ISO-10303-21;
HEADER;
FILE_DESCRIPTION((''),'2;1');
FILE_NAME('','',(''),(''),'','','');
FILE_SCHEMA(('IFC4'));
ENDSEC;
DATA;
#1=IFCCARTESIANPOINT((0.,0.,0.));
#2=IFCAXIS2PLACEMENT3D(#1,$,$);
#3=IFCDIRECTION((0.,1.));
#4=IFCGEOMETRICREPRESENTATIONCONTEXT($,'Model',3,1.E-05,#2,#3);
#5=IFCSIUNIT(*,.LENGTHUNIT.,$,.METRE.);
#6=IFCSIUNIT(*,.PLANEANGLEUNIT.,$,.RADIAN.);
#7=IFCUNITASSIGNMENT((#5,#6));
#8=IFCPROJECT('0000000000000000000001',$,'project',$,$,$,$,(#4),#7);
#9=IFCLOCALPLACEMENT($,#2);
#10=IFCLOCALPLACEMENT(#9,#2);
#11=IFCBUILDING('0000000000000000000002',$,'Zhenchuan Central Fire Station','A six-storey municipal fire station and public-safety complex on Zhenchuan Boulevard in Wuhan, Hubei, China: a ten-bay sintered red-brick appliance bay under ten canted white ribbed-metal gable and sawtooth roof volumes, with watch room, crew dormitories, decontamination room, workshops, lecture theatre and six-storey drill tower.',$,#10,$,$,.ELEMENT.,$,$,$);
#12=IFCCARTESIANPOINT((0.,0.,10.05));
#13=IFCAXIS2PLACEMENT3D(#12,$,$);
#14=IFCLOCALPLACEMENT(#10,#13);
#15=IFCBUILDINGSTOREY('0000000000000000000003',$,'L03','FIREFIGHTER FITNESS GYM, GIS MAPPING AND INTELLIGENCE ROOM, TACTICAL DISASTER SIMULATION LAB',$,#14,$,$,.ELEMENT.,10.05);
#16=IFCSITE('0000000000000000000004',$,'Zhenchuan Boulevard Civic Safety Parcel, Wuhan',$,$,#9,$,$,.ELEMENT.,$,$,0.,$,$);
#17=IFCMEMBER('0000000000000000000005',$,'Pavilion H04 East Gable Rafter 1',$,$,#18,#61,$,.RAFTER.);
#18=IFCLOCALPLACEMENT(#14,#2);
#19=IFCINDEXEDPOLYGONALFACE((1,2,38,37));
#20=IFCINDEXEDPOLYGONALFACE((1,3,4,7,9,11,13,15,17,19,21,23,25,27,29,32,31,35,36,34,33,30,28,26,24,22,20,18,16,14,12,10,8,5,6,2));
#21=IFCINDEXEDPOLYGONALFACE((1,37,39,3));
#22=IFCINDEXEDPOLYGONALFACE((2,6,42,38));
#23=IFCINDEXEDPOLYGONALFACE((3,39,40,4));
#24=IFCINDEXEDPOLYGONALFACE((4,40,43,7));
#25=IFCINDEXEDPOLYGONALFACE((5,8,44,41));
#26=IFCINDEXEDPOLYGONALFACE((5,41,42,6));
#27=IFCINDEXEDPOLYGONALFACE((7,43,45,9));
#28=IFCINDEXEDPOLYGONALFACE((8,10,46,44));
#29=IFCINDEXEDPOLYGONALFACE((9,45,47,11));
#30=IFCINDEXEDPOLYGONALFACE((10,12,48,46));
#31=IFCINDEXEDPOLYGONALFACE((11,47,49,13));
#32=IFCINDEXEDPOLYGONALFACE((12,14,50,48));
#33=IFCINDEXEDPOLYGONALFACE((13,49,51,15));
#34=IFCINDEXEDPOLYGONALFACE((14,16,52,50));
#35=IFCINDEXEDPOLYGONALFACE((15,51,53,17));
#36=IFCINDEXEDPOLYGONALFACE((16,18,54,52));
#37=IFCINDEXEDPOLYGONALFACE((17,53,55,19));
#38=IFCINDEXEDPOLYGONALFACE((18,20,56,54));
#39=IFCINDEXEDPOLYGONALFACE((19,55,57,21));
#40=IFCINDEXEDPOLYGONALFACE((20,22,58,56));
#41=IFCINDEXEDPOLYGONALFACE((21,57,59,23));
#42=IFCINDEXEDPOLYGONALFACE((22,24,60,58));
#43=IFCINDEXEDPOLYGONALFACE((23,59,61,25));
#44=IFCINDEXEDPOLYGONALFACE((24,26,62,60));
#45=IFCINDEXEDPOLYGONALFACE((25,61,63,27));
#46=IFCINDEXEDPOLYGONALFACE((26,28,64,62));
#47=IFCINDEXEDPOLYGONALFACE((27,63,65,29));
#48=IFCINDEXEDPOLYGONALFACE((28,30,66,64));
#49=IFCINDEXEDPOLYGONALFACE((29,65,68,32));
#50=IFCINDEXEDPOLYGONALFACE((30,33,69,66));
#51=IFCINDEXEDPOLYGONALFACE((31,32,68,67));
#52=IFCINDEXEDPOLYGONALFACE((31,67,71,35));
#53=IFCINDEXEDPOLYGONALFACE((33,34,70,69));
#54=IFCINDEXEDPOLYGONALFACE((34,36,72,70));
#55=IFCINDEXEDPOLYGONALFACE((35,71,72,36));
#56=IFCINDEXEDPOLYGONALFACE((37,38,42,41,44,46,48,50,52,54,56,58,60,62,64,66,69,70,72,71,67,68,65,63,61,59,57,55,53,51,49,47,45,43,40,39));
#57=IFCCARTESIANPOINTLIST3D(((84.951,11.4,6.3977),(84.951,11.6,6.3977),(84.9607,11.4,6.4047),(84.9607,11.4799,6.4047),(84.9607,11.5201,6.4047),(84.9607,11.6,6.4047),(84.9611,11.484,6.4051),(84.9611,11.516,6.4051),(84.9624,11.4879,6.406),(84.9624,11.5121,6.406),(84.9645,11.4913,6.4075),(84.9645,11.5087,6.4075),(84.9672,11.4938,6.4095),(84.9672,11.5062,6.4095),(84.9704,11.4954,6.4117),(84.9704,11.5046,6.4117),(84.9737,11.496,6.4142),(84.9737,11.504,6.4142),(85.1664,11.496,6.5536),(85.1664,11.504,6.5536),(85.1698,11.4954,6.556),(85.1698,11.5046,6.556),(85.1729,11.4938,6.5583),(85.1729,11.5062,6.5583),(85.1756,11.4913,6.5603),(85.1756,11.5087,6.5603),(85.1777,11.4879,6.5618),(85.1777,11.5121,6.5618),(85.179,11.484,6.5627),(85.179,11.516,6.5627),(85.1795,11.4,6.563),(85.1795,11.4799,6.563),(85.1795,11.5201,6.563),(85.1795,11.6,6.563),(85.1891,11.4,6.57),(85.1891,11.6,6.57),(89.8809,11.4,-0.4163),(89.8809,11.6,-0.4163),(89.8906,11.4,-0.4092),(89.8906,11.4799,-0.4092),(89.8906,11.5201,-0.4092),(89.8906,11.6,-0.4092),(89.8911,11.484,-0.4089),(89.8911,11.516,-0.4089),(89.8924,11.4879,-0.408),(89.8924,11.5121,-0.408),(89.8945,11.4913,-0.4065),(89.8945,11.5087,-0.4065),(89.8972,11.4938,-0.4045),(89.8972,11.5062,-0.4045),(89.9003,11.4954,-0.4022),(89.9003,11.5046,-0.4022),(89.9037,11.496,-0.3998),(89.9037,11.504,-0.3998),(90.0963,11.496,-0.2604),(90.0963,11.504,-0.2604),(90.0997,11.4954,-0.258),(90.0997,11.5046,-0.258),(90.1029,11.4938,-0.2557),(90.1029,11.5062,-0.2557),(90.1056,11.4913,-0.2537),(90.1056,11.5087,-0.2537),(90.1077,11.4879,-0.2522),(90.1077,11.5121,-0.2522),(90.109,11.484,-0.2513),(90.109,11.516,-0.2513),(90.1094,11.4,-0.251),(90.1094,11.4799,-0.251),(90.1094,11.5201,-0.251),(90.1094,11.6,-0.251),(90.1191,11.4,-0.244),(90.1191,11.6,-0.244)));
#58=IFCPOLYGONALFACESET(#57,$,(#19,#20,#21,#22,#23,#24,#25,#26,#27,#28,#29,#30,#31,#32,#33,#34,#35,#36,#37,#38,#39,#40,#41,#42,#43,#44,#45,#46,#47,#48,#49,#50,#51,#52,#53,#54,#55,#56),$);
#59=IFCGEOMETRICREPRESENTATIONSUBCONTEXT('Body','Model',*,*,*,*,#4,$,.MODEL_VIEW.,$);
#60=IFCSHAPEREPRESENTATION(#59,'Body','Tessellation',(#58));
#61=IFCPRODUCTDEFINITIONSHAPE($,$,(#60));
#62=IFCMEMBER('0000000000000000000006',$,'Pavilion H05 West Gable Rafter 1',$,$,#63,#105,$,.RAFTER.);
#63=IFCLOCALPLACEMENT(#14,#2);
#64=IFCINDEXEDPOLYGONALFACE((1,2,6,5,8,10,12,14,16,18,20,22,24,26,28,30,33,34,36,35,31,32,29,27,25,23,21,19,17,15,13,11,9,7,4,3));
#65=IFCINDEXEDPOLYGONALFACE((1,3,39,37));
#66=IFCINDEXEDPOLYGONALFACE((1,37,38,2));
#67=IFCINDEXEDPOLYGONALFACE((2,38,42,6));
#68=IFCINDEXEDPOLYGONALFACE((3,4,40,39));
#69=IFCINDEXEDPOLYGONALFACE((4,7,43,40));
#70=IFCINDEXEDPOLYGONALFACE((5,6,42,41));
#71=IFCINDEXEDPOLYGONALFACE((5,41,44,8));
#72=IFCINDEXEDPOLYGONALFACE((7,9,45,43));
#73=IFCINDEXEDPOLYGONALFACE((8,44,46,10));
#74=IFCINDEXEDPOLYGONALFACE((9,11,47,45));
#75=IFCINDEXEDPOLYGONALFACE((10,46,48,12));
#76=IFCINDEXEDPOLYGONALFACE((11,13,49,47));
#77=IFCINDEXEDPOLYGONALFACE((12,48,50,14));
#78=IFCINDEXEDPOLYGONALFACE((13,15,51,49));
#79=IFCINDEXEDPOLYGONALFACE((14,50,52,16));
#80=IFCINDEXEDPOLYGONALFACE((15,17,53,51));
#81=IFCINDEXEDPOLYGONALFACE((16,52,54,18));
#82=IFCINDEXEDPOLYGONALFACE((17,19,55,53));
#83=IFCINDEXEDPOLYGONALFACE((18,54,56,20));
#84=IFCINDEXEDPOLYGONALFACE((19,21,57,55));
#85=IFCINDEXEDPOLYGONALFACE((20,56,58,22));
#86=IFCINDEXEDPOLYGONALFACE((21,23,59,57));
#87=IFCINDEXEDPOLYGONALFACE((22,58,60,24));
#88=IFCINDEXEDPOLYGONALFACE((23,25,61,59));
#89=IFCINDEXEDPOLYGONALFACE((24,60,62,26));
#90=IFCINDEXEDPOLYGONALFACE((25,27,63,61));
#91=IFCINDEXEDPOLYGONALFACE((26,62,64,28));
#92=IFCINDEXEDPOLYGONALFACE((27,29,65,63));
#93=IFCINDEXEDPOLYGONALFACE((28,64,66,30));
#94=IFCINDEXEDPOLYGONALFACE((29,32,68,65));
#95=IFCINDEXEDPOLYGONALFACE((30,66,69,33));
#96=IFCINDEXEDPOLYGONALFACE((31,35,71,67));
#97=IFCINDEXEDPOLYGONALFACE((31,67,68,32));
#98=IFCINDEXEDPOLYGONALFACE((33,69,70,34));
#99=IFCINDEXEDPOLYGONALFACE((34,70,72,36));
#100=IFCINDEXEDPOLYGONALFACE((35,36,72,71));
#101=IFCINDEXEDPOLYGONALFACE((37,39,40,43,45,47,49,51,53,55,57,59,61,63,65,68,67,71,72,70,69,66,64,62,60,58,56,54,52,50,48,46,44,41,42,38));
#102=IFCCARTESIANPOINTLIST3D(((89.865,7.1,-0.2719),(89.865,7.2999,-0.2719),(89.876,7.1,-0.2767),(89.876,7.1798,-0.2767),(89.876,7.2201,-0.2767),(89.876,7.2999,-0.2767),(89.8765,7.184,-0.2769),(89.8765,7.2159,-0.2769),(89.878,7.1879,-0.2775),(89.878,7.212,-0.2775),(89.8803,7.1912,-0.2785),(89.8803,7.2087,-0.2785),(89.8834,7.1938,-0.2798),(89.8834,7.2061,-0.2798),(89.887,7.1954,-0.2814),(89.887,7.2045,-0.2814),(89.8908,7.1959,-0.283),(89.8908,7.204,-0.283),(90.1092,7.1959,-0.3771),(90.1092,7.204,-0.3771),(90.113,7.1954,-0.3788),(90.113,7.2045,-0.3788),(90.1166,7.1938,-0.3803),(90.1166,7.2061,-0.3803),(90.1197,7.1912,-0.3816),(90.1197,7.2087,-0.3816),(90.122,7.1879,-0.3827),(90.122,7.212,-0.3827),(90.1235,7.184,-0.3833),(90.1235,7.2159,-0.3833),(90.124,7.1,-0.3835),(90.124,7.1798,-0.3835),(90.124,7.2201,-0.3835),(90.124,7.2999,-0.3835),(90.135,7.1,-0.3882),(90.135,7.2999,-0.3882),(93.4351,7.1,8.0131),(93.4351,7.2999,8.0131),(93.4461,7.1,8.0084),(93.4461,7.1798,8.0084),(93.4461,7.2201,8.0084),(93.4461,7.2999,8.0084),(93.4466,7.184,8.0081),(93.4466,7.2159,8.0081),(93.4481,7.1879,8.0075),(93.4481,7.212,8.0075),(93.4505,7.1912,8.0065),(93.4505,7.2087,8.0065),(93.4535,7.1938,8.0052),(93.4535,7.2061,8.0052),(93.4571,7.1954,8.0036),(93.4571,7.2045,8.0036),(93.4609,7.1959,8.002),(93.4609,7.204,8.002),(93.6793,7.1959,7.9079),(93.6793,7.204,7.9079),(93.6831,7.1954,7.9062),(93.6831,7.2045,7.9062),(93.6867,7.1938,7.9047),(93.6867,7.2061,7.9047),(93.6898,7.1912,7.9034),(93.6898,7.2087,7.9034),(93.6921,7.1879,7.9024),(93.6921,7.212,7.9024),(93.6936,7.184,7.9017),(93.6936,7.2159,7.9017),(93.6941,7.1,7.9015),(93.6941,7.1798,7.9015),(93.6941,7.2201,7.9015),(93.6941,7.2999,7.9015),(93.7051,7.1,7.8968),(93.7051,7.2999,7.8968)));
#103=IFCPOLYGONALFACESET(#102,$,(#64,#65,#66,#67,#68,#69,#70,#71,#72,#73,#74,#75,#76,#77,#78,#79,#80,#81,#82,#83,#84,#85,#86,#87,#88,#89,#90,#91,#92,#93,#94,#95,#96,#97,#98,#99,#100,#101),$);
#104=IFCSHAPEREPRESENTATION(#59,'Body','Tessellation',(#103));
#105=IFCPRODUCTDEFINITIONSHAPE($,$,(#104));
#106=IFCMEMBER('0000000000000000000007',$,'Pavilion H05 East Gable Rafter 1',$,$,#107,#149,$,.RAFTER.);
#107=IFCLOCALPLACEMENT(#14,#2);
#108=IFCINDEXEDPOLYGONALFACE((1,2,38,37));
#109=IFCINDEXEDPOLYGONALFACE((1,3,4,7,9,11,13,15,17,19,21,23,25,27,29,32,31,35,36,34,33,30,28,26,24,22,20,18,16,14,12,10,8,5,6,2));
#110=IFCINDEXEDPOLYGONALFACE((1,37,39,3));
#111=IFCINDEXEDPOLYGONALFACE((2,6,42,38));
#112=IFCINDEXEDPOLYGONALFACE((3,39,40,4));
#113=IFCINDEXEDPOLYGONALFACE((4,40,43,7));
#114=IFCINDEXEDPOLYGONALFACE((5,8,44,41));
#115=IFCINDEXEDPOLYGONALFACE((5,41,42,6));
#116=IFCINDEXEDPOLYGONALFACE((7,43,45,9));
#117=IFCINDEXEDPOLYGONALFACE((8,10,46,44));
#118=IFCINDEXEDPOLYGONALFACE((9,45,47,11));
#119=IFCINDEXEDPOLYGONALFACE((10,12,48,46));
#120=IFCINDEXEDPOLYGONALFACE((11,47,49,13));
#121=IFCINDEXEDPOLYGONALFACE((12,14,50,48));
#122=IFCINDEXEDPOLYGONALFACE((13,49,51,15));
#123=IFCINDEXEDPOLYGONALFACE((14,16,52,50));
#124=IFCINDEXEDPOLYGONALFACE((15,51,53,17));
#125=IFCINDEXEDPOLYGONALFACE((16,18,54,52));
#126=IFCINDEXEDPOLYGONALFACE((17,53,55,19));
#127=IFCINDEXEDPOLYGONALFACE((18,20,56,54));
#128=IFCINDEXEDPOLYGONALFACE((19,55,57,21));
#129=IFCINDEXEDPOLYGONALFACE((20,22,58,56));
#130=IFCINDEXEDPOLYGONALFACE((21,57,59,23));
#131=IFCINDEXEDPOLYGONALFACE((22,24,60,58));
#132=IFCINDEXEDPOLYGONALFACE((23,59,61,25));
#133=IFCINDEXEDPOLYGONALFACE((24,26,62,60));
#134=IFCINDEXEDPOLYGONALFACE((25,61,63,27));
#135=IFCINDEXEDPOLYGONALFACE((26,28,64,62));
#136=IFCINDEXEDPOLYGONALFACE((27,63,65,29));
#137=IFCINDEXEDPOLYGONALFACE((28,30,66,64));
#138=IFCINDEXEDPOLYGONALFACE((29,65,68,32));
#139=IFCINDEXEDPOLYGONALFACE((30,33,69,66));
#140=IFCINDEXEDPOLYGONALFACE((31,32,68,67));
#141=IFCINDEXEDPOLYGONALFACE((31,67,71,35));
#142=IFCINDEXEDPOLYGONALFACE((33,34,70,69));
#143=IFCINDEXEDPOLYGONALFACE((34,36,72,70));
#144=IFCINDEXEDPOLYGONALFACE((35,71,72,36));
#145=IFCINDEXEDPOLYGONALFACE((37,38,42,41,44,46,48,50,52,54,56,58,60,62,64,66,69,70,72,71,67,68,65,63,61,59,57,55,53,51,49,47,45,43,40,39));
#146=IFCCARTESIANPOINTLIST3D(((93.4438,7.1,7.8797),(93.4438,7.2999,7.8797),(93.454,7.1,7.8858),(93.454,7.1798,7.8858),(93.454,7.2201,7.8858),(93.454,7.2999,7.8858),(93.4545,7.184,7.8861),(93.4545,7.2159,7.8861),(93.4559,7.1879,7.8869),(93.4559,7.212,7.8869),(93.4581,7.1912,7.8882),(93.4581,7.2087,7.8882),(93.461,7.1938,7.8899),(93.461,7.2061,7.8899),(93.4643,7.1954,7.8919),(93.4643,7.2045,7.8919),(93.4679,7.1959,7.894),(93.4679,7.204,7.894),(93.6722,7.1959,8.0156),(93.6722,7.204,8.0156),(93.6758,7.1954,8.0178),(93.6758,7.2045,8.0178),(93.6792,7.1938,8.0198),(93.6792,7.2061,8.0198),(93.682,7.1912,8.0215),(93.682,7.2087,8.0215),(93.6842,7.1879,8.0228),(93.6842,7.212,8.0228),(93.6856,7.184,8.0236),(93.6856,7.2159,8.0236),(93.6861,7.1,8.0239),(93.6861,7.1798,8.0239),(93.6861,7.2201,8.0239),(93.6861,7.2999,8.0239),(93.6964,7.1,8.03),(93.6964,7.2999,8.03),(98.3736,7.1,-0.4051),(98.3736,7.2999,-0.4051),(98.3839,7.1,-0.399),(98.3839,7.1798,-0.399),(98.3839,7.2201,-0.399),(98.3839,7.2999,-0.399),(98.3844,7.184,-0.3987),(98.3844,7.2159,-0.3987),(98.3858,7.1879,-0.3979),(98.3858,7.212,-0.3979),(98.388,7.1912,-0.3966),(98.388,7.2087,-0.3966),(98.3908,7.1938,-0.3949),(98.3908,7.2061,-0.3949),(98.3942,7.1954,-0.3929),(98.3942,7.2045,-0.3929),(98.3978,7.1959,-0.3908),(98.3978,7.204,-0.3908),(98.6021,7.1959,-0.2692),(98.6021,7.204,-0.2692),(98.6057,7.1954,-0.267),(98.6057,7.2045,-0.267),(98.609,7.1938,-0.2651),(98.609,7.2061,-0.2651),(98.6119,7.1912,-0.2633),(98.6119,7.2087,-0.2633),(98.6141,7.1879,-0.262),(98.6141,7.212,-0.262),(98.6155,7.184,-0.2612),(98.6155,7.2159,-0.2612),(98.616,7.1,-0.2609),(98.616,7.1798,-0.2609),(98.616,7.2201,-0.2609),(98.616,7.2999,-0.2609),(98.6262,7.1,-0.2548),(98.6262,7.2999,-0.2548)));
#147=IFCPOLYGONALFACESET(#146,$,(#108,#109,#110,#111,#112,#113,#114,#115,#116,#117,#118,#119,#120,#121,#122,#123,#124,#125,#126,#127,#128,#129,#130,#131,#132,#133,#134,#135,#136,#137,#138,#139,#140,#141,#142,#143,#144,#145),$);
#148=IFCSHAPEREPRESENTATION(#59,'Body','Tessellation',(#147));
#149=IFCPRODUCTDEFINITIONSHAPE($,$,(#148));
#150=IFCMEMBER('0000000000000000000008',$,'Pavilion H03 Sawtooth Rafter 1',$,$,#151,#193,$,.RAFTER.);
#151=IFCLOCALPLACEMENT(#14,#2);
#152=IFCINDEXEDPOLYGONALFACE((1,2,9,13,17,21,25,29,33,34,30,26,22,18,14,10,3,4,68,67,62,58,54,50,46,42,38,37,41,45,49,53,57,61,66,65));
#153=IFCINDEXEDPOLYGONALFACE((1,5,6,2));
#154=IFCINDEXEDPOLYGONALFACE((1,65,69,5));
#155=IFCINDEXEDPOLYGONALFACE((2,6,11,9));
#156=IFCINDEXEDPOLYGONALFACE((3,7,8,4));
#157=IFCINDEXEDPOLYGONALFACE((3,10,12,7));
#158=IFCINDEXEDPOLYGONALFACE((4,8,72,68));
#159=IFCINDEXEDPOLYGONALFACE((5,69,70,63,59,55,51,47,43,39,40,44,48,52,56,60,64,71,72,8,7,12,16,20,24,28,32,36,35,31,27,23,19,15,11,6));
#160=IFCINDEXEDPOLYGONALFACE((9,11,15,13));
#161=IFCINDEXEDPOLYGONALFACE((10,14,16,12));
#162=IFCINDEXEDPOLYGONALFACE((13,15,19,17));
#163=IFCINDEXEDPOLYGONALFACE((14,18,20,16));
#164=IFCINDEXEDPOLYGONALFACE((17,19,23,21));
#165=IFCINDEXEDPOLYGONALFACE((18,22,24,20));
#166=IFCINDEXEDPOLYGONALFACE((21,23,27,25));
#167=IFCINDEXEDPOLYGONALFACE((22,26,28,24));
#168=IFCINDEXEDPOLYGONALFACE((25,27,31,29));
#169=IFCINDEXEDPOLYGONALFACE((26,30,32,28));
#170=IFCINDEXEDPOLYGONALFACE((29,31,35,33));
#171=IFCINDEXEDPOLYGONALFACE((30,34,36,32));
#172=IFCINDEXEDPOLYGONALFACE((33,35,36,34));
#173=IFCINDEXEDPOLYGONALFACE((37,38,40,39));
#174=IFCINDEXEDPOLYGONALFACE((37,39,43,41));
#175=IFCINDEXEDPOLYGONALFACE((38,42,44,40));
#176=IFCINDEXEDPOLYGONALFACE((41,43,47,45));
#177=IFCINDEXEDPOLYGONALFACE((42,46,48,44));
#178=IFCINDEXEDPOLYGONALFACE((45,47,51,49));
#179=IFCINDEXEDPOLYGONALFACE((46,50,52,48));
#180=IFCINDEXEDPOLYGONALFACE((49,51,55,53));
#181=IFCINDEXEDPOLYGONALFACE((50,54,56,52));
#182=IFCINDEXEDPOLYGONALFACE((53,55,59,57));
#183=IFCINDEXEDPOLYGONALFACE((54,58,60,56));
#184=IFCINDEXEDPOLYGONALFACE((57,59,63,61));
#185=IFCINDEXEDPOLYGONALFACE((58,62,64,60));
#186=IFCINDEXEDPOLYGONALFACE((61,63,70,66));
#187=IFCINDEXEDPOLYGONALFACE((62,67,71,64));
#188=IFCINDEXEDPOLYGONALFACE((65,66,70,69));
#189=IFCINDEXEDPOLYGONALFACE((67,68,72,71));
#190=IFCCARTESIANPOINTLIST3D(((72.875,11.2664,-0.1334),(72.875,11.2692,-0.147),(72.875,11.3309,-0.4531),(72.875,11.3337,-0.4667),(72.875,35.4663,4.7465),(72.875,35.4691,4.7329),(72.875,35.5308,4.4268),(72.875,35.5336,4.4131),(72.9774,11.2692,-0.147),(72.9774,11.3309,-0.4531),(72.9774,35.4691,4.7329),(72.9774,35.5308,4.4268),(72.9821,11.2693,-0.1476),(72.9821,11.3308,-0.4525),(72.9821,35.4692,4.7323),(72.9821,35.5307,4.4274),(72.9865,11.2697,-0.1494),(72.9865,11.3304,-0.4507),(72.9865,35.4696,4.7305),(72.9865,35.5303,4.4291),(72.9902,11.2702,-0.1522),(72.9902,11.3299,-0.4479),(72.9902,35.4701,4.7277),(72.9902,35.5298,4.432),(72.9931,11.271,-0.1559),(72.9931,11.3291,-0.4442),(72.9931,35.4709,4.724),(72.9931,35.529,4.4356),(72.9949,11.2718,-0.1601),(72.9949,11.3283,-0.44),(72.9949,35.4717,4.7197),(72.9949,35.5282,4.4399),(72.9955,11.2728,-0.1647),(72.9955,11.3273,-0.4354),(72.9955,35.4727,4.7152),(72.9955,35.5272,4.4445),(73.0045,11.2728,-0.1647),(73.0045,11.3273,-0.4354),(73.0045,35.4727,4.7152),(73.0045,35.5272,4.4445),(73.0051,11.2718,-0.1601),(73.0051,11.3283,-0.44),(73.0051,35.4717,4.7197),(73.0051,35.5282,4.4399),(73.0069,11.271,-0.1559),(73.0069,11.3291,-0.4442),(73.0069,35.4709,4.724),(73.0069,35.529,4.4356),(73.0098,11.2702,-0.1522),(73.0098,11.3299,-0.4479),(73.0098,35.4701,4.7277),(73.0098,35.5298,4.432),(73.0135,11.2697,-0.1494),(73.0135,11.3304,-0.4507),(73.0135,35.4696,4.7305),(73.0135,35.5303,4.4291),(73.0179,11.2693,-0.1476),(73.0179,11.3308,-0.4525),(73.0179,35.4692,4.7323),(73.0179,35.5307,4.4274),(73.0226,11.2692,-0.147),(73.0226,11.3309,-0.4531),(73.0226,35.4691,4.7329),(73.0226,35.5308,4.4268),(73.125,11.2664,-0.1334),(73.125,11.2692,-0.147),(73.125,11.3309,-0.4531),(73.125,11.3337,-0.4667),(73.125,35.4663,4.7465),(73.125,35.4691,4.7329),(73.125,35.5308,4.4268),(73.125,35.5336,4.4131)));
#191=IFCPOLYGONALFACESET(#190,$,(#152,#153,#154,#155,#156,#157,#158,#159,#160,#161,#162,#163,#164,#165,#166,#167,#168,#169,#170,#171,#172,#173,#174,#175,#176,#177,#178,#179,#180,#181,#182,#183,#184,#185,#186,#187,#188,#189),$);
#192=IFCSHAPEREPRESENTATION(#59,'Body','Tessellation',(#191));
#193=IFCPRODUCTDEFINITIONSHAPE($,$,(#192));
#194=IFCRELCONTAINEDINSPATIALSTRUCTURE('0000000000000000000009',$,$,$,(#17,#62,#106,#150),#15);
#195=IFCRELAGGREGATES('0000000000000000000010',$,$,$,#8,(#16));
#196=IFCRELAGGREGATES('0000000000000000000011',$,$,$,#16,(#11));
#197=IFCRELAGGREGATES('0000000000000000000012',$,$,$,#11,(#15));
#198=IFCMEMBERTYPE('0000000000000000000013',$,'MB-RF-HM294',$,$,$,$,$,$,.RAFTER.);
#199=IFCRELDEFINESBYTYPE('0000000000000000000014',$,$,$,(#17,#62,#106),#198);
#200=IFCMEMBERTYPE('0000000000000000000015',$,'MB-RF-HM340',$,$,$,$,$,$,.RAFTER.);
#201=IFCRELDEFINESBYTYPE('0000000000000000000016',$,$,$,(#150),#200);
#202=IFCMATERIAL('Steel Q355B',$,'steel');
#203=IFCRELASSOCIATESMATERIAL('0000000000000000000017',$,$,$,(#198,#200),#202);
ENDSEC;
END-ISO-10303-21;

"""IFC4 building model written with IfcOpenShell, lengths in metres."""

from ifc_helpers import new_model, si_unit, direction, frame, origin, origin_2d, place, context, subcontext, project, spatial, i_section, extrude, material, material_profile, profile_set, type_object, element, save


model = new_model("IFC4")

# Units and contexts
model_context = context("Model", 3, precision=1e-05, world=origin(), true_north=direction((0.0, 1.0)))
body_context = subcontext(model_context, "Body", "Model", "MODEL_VIEW")
ifc_project = project(units=[si_unit("LENGTHUNIT", "METRE"), si_unit("PLANEANGLEUNIT", "RADIAN")], contexts=[model_context])

# Site, building, storey
site_placement = place(None, origin())
site = spatial("IfcSite", under=ifc_project, at=site_placement, Name="Zhenchuan Boulevard Civic Safety Parcel, Wuhan", CompositionType="ELEMENT", RefElevation=0.0)
building_placement = place(site_placement, origin())
building = spatial("IfcBuilding", under=site, at=building_placement, Name="Zhenchuan Central Fire Station", Description="A six-storey municipal fire station and public-safety complex on Zhenchuan Boulevard in Wuhan, Hubei, China: a ten-bay sintered red-brick appliance bay under ten canted white ribbed-metal gable and sawtooth roof volumes, with watch room, crew dormitories, decontamination room, workshops, lecture theatre and six-storey drill tower.", CompositionType="ELEMENT")
storey_placement = place(building_placement, frame((0.0, 0.0, 10.05)))
storey = spatial("IfcBuildingStorey", under=building, at=storey_placement, Name="L03", Description="FIREFIGHTER FITNESS GYM, GIS MAPPING AND INTELLIGENCE ROOM, TACTICAL DISASTER SIMULATION LAB", CompositionType="ELEMENT", Elevation=10.05)

# Members
ifc_material_1 = material(Name="Steel Q355B", Category="steel")
ifc_material_profile_1 = material_profile(ifc_material_1, i_section(OverallWidth=0.2, OverallDepth=0.2939, WebThickness=0.0081, FlangeThickness=0.012, FilletRadius=0.0161, at=origin_2d()), Name="HM 294x200")
ifc_profile_set_1 = profile_set([ifc_material_profile_1], Name="Steel Q355B")
member_type_1 = type_object("IfcMemberType", Name="MB-RF-HM294", PredefinedType="RAFTER", material=ifc_profile_set_1)
member_1_placement = place(storey_placement, frame((85.0701, 11.5, 6.4839), z_axis=(0.586173, 0.0, -0.810186), x_axis=(0.0, 1.0, 0.0)))
element("IfcMember", 1, at=member_1_placement, inside=storey, type_object=member_type_1, Name="Pavilion H04 East Gable Rafter 1", PredefinedType="RAFTER", context=body_context, shape_type="SweptSolid", body=[
    extrude(i_section(OverallWidth=0.2, OverallDepth=0.2939, WebThickness=0.0081, FlangeThickness=0.012, FilletRadius=0.0161, at=origin_2d()), origin(), (0.0, 0.0, 1.0), 8.4104),
])
member_2_placement = place(storey_placement, frame((90.0, 7.2, -0.3301), z_axis=(0.395735, 0.0, 0.918365), x_axis=(0.0, 1.0, 0.0)))
element("IfcMember", 2, at=member_2_placement, inside=storey, type_object=member_type_1, Name="Pavilion H05 West Gable Rafter 1", PredefinedType="RAFTER", context=body_context, shape_type="SweptSolid", body=[
    extrude(i_section(OverallWidth=0.2, OverallDepth=0.2939, WebThickness=0.0081, FlangeThickness=0.012, FilletRadius=0.0161, at=origin_2d()), origin(), (0.0, 0.0, 1.0), 9.0215),
])
member_3_placement = place(storey_placement, frame((93.5701, 7.2, 7.9548), z_axis=(0.511364, 0.0, -0.859364), x_axis=(0.0, 1.0, 0.0)))
element("IfcMember", 3, at=member_3_placement, inside=storey, type_object=member_type_1, Name="Pavilion H05 East Gable Rafter 1", PredefinedType="RAFTER", context=body_context, shape_type="SweptSolid", body=[
    extrude(i_section(OverallWidth=0.2, OverallDepth=0.2939, WebThickness=0.0081, FlangeThickness=0.012, FilletRadius=0.0161, at=origin_2d()), origin(), (0.0, 0.0, 1.0), 9.6406),
])
ifc_material_profile_2 = material_profile(ifc_material_1, i_section(OverallWidth=0.25, OverallDepth=0.3401, WebThickness=0.009, FlangeThickness=0.0139, FilletRadius=0.0181, at=origin_2d()), Name="HM 340x250")
ifc_profile_set_2 = profile_set([ifc_material_profile_2], Name="Steel Q355B")
member_type_2 = type_object("IfcMemberType", Name="MB-RF-HM340", PredefinedType="RAFTER", material=ifc_profile_set_2)
for number, where, z_axis, x_axis, name in (
    (4, (73.0, 11.3, -0.3), (0.0, 0.980269, 0.19767), (-1.0, 0.0, 0.0), "Pavilion H03 Sawtooth Rafter 1"),
):
    element("IfcMember", number, at=place(storey_placement, frame(where, z_axis=z_axis, x_axis=x_axis)), inside=storey, type_object=member_type_2, Name=name, PredefinedType="RAFTER", context=body_context, shape_type="SweptSolid", body=[
        extrude(i_section(OverallWidth=0.25, OverallDepth=0.3401, WebThickness=0.009, FlangeThickness=0.0139, FilletRadius=0.0181, at=origin_2d()), origin(), (0.0, 0.0, 1.0), 24.687),
    ])

save(model, "model.ifc")
